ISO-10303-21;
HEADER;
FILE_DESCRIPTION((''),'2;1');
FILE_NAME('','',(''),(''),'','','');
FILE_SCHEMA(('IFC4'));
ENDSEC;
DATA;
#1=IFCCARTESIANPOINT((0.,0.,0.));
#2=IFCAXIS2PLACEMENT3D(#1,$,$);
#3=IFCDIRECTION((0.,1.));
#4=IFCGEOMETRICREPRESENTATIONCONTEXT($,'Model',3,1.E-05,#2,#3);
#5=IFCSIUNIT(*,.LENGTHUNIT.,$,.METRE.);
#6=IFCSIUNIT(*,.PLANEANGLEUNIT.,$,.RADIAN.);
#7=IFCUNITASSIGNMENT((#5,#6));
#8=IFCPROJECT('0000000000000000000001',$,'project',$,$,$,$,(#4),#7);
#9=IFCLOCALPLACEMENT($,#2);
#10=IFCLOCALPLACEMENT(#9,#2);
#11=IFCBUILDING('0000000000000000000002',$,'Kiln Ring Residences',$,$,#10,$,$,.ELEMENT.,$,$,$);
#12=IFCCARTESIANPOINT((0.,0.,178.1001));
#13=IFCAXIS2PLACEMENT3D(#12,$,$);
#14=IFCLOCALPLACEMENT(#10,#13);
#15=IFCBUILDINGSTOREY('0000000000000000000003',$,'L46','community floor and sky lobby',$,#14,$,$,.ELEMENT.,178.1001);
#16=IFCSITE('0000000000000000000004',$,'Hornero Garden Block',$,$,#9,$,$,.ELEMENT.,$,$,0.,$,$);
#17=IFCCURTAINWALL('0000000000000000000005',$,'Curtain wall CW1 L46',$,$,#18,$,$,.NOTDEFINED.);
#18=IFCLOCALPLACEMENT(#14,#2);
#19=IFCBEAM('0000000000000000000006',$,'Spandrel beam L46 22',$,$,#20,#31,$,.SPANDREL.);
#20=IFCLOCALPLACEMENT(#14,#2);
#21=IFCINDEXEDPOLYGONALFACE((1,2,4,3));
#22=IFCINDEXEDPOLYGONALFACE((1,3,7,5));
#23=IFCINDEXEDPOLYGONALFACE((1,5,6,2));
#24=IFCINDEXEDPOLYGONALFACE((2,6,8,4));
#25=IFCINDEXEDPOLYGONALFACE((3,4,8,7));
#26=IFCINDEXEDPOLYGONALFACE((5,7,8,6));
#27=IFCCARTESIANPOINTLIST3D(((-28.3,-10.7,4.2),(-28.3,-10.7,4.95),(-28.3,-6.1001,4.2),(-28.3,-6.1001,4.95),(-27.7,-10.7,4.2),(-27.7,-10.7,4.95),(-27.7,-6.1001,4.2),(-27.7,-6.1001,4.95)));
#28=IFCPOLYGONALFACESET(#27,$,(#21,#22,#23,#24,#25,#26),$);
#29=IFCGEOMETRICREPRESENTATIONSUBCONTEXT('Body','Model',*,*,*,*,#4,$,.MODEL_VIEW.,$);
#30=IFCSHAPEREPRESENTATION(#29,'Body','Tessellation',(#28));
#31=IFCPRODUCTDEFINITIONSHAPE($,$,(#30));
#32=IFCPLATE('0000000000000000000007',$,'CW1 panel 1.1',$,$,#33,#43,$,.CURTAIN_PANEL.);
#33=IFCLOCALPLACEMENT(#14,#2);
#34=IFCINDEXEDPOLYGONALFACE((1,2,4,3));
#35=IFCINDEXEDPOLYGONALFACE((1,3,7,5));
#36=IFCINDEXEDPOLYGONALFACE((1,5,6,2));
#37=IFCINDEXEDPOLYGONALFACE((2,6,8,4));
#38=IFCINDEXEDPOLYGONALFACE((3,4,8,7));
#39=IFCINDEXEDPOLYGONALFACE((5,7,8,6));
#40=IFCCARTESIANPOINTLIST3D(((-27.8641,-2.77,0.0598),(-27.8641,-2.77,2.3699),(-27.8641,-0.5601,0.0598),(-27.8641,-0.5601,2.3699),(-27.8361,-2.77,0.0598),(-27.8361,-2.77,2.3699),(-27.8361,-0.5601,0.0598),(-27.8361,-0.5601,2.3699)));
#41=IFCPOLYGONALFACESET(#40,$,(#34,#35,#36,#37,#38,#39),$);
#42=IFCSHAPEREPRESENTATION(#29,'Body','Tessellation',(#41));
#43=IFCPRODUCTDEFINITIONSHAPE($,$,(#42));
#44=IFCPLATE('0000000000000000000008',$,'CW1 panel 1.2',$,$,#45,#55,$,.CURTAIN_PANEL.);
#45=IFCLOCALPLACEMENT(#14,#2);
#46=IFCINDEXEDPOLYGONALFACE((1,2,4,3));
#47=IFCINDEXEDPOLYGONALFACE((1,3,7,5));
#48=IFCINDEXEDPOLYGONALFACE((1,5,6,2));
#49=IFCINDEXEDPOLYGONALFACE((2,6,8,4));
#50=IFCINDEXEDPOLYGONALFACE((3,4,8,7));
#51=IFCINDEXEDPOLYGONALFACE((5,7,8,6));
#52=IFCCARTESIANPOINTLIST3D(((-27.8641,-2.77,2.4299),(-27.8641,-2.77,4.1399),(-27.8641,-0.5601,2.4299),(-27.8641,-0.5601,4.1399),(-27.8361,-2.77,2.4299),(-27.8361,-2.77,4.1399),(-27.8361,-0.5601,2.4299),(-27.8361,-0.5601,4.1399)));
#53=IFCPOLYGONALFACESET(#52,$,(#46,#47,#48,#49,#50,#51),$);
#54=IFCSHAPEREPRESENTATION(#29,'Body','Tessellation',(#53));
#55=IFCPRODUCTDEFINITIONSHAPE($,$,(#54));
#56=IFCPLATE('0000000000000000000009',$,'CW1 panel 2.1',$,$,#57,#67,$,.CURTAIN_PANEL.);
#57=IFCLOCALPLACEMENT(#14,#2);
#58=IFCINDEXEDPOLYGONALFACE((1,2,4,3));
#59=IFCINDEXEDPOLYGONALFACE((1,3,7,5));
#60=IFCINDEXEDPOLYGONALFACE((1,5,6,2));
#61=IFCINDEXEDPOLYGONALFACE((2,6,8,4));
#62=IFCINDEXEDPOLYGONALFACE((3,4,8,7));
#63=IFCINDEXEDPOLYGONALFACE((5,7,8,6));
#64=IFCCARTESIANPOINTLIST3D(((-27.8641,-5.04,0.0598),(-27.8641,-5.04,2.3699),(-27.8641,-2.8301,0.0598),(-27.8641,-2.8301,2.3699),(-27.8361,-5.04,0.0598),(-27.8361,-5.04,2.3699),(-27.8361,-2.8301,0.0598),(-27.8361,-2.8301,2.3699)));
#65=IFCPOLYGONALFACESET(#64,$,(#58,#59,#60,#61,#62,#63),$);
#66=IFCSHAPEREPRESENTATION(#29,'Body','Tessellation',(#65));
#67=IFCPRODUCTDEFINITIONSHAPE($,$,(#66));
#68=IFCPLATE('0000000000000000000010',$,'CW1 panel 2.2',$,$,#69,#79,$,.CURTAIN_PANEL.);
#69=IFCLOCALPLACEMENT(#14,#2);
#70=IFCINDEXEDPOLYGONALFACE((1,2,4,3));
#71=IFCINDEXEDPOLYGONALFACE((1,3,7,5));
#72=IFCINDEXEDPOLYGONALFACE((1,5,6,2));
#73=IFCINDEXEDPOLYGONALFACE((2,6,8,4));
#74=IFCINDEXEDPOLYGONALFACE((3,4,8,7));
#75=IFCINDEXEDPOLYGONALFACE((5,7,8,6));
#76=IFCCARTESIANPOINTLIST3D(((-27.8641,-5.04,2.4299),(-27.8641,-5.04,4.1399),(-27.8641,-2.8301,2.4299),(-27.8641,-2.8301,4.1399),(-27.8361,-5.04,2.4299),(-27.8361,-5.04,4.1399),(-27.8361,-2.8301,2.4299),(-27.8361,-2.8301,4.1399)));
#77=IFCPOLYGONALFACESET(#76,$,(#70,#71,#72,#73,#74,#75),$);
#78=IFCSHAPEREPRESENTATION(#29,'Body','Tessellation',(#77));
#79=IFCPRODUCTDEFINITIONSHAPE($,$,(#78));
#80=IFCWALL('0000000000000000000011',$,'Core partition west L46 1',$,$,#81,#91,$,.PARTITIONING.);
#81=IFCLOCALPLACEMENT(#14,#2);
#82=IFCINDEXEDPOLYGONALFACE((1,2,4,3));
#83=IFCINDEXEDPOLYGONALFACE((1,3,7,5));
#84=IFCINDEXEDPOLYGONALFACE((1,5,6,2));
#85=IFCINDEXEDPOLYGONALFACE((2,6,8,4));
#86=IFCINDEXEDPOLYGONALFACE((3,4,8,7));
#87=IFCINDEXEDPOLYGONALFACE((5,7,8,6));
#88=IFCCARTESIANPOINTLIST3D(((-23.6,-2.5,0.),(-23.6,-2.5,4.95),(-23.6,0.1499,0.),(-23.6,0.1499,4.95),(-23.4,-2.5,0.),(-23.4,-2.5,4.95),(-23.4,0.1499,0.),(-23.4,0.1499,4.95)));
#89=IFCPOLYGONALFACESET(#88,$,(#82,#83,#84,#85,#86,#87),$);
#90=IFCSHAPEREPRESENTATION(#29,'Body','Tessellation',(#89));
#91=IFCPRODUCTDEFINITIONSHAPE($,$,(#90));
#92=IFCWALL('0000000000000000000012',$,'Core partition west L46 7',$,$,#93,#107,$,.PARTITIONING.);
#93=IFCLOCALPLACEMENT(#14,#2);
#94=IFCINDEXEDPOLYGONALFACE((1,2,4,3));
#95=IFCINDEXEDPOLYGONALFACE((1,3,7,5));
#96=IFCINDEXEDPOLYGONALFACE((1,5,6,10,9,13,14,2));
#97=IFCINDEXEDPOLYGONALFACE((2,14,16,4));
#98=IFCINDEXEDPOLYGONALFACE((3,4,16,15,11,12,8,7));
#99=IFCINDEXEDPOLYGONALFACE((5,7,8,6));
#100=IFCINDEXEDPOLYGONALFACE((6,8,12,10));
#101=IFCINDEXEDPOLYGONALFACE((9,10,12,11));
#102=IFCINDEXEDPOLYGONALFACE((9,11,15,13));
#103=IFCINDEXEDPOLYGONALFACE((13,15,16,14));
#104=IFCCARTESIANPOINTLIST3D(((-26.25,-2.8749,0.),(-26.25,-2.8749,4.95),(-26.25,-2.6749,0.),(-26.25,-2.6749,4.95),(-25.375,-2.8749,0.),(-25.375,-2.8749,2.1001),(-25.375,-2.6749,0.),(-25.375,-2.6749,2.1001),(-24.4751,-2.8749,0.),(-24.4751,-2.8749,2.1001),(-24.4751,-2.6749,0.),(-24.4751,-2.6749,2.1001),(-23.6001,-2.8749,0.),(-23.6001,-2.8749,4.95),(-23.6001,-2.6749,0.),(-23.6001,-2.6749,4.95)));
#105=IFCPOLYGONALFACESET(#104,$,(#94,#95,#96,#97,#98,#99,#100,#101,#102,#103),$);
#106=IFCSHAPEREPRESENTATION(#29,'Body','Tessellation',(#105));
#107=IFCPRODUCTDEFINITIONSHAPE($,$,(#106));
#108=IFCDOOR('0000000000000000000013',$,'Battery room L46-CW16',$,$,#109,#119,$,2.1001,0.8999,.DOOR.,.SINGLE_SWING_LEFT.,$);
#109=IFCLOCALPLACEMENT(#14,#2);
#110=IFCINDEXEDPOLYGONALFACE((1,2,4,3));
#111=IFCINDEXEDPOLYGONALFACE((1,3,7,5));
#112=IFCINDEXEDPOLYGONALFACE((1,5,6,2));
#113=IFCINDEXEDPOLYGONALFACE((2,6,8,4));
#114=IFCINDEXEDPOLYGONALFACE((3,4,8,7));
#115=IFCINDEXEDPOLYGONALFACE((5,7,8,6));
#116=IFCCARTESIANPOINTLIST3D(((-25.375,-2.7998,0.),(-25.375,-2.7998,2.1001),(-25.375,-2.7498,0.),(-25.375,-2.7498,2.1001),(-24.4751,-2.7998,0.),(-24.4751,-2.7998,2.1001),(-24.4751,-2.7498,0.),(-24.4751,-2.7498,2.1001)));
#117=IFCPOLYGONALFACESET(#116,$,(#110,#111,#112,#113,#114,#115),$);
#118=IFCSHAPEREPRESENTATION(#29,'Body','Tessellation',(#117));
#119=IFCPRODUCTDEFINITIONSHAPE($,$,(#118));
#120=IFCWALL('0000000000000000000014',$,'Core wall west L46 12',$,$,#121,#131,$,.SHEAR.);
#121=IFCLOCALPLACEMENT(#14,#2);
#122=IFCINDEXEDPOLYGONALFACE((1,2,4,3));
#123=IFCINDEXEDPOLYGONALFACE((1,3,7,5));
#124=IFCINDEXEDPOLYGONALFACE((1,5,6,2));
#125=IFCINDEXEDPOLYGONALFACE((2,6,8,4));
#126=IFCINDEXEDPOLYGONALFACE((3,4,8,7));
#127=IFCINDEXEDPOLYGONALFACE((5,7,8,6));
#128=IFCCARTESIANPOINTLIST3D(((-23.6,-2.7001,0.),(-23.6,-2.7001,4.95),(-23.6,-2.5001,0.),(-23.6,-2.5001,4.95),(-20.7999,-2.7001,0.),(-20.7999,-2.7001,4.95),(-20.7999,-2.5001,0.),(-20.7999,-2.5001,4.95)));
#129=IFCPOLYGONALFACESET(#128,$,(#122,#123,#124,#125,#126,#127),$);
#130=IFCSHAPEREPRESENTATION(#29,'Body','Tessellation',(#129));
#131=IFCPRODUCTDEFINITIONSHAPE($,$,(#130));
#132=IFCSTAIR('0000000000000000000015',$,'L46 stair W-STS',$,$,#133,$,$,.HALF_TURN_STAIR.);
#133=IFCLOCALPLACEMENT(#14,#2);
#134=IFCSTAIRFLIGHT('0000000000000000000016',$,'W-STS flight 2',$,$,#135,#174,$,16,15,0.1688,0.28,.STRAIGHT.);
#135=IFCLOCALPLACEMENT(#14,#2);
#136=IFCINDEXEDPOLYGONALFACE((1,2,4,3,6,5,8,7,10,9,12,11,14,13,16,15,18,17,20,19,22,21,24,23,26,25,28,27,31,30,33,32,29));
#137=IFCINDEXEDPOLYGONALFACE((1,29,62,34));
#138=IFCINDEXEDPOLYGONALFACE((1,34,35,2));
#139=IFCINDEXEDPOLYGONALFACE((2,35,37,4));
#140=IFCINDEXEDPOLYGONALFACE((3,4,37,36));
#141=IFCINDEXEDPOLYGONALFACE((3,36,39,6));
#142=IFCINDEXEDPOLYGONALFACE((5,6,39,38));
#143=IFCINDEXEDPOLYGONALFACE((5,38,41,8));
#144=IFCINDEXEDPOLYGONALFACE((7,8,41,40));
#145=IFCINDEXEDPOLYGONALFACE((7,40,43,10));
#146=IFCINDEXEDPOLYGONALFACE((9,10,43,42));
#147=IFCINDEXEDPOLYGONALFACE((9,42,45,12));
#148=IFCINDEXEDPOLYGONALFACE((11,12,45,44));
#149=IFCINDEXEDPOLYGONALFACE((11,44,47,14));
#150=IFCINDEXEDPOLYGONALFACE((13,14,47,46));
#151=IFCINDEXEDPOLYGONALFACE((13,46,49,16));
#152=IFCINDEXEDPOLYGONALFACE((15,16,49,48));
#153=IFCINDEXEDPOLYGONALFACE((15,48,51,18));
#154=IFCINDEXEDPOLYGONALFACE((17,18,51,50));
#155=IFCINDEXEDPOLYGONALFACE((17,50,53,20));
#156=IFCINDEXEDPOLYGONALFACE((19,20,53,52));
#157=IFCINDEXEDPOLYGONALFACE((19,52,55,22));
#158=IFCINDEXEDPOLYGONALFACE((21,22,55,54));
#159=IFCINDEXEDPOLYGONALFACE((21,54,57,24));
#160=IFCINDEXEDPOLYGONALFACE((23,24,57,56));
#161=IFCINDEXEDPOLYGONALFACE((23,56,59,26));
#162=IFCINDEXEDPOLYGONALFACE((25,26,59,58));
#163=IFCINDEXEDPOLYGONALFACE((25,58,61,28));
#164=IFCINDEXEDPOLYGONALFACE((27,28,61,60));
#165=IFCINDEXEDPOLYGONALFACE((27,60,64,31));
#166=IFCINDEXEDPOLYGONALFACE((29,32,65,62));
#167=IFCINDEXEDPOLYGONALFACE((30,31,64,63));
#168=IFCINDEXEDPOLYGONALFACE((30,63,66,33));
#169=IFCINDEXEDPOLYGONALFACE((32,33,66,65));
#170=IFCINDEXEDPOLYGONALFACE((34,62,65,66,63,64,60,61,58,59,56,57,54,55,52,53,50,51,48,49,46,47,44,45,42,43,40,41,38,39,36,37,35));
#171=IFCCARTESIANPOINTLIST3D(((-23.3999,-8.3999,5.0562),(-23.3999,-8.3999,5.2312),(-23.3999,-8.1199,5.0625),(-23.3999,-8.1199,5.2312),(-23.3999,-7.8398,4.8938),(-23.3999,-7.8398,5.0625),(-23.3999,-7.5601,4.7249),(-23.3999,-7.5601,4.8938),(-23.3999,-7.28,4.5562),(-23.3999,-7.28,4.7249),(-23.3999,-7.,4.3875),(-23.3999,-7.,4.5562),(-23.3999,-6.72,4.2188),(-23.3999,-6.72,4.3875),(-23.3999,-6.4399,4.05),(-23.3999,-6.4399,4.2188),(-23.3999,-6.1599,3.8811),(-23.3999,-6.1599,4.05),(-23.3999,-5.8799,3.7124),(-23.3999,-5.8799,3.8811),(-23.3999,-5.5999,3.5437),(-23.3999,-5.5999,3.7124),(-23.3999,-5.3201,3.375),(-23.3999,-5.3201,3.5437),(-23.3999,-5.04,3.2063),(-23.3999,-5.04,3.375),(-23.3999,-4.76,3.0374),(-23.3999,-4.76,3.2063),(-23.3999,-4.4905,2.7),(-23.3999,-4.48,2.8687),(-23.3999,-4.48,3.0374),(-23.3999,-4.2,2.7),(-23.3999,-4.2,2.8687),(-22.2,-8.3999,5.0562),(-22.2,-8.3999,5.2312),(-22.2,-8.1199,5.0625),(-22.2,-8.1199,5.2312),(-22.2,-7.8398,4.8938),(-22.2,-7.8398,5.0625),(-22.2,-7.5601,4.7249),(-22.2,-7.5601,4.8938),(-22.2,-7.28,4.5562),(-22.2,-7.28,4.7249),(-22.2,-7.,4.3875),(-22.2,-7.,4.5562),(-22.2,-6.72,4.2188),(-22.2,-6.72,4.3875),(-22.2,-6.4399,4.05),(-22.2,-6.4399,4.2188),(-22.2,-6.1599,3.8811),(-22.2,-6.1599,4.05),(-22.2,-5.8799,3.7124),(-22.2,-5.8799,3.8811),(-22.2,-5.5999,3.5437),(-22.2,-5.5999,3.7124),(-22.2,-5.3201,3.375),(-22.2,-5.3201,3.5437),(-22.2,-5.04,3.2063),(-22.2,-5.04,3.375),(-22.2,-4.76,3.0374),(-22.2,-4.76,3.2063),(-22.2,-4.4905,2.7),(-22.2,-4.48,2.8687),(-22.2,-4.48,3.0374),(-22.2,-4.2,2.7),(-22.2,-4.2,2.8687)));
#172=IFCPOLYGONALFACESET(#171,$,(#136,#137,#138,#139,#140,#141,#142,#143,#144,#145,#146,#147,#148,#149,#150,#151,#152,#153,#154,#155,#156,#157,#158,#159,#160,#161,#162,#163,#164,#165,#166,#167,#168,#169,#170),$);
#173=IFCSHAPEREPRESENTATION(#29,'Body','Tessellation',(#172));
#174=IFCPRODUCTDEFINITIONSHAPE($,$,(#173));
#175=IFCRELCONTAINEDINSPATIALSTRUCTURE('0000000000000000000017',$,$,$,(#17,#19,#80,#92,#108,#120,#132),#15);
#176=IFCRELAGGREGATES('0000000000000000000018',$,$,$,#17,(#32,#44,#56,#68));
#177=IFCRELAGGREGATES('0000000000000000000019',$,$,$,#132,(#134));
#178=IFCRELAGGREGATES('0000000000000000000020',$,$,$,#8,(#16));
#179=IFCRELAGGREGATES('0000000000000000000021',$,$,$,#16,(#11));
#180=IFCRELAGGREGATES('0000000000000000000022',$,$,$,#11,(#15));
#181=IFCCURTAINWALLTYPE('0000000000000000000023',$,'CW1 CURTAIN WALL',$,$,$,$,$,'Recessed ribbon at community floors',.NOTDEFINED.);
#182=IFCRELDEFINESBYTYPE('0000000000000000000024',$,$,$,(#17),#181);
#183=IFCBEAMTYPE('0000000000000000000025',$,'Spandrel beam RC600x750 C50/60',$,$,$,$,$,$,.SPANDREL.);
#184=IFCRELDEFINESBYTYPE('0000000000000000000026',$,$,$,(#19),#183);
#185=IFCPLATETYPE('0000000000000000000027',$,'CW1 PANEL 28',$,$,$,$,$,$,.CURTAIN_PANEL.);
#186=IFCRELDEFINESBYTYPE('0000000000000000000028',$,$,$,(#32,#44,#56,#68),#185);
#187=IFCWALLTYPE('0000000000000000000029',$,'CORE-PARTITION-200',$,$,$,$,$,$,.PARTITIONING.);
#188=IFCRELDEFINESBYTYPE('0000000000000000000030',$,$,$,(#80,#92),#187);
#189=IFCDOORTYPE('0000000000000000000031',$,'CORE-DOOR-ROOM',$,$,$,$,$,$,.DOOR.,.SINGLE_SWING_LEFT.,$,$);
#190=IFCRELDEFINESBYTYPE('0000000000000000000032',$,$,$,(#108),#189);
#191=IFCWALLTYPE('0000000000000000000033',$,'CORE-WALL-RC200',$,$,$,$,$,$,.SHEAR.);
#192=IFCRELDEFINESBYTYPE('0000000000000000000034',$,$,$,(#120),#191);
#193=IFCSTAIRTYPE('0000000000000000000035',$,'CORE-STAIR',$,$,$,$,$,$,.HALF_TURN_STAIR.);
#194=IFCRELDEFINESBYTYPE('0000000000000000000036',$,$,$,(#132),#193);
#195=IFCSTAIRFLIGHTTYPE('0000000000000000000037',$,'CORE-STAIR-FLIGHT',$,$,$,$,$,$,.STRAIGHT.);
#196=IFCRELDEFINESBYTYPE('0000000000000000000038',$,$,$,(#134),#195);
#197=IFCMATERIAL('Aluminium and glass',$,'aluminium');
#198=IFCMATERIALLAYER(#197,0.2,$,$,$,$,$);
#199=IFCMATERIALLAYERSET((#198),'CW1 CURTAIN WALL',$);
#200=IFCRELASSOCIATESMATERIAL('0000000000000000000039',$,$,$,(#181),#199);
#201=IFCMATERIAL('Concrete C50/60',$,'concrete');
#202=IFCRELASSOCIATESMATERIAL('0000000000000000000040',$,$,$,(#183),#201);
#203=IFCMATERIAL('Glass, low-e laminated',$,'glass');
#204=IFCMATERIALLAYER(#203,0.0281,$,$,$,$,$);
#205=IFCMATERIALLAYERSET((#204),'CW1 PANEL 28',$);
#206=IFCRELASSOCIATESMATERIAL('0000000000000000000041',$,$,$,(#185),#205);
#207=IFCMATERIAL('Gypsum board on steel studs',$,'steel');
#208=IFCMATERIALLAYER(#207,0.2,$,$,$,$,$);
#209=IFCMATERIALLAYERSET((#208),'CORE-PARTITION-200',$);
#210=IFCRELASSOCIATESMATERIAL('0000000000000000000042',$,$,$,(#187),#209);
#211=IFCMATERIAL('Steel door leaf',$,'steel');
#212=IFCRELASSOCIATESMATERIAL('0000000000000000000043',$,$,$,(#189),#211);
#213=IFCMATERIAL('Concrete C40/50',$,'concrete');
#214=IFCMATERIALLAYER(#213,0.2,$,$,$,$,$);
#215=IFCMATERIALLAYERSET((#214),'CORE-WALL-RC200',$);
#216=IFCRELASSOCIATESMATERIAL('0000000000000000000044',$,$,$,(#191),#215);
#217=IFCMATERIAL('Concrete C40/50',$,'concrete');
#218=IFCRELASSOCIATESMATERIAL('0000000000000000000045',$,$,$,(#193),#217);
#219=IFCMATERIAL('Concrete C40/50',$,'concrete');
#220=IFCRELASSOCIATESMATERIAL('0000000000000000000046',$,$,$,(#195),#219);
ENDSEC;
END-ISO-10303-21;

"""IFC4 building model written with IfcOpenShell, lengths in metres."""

from ifc_helpers import new_model, si_unit, direction, frame, frame_2d, origin, origin_2d, place, context, subcontext, project, spatial, polyline, rectangle, outline, extrude, material, layer, layer_set, material_profile, profile_set, type_object, element, fill, aggregate, save


model = new_model("IFC4")

# Units and contexts
model_context = context("Model", 3, precision=1e-05, world=origin(), true_north=direction((0.0, 1.0)))
body_context = subcontext(model_context, "Body", "Model", "MODEL_VIEW")
ifc_project = project(units=[si_unit("LENGTHUNIT", "METRE"), si_unit("PLANEANGLEUNIT", "RADIAN")], contexts=[model_context])

# Site, building, storey
site_placement = place(None, origin())
site = spatial("IfcSite", under=ifc_project, at=site_placement, Name="Hornero Garden Block", CompositionType="ELEMENT", RefElevation=0.0)
building_placement = place(site_placement, origin())
building = spatial("IfcBuilding", under=site, at=building_placement, Name="Kiln Ring Residences", CompositionType="ELEMENT")
storey_placement = place(building_placement, frame((0.0, 0.0, 178.1001)))
storey = spatial("IfcBuildingStorey", under=building, at=storey_placement, Name="L46", Description="community floor and sky lobby", CompositionType="ELEMENT", Elevation=178.1001)

# Curtain wall
ifc_material_1 = material(Name="Aluminium and glass", Category="aluminium")
ifc_layer_1 = layer(ifc_material_1, 0.2)
ifc_layer_set_1 = layer_set([ifc_layer_1], Name="CW1 CURTAIN WALL")
curtain_wall_type = type_object("IfcCurtainWallType", Name="CW1 CURTAIN WALL", ElementType="Recessed ribbon at community floors", PredefinedType="NOTDEFINED", material=ifc_layer_set_1)
placement = place(storey_placement, origin())
curtain_wall_1 = element("IfcCurtainWall", 1, at=placement, inside=storey, type_object=curtain_wall_type, Name="Curtain wall CW1 L46", PredefinedType="NOTDEFINED")

# Beam
ifc_material_2 = material(Name="Concrete C50/60", Category="concrete")
ifc_material_profile_1 = material_profile(ifc_material_2, rectangle(XDim=0.6001, YDim=0.75, at=origin_2d()), Name="RC600x750")
ifc_profile_set_1 = profile_set([ifc_material_profile_1], Name="Concrete C50/60")
beam_type = type_object("IfcBeamType", Name="Spandrel beam RC600x750 C50/60", PredefinedType="SPANDREL", material=ifc_profile_set_1)
beam_1_placement = place(storey_placement, frame((-28.0, -6.1001, 4.575), z_axis=(0.0, -1.0, 0.0), x_axis=(1.0, 0.0, 0.0)))
element("IfcBeam", 2, at=beam_1_placement, inside=storey, type_object=beam_type, Name="Spandrel beam L46 22", PredefinedType="SPANDREL", context=body_context, shape_type="SweptSolid", body=[
    extrude(rectangle(XDim=0.6001, YDim=0.75, at=origin_2d()), origin(), (0.0, 0.0, 1.0), 4.5999),
])

# Plates
ifc_material_3 = material(Name="Glass, low-e laminated", Category="glass")
ifc_layer_2 = layer(ifc_material_3, 0.0281)
ifc_layer_set_2 = layer_set([ifc_layer_2], Name="CW1 PANEL 28")
plate_type = type_object("IfcPlateType", Name="CW1 PANEL 28", PredefinedType="CURTAIN_PANEL", material=ifc_layer_set_2)
plate_1_placement = place(storey_placement, frame((-27.8501, -1.665, 0.0598), z_axis=(0.0, 0.0, 1.0), x_axis=(0.0, -1.0, 0.0)))
plate_1 = element("IfcPlate", 3, at=plate_1_placement, type_object=plate_type, Name="CW1 panel 1.1", PredefinedType="CURTAIN_PANEL", context=body_context, shape_type="SweptSolid", body=[
    extrude(rectangle(XDim=2.21, YDim=0.0281, at=origin_2d()), origin(), (0.0, 0.0, 1.0), 2.3101),
])
plate_2_placement = place(storey_placement, frame((-27.8501, -1.665, 2.4299), z_axis=(0.0, 0.0, 1.0), x_axis=(0.0, -1.0, 0.0)))
plate_2 = element("IfcPlate", 4, at=plate_2_placement, type_object=plate_type, Name="CW1 panel 1.2", PredefinedType="CURTAIN_PANEL", context=body_context, shape_type="SweptSolid", body=[
    extrude(rectangle(XDim=2.21, YDim=0.0281, at=origin_2d()), origin(), (0.0, 0.0, 1.0), 1.71),
])
plate_3_placement = place(storey_placement, frame((-27.8501, -3.9351, 0.0598), z_axis=(0.0, 0.0, 1.0), x_axis=(0.0, -1.0, 0.0)))
plate_3 = element("IfcPlate", 5, at=plate_3_placement, type_object=plate_type, Name="CW1 panel 2.1", PredefinedType="CURTAIN_PANEL", context=body_context, shape_type="SweptSolid", body=[
    extrude(rectangle(XDim=2.21, YDim=0.0281, at=origin_2d()), origin(), (0.0, 0.0, 1.0), 2.3101),
])
plate_4_placement = place(storey_placement, frame((-27.8501, -3.9351, 2.4299), z_axis=(0.0, 0.0, 1.0), x_axis=(0.0, -1.0, 0.0)))
plate_4 = element("IfcPlate", 6, at=plate_4_placement, type_object=plate_type, Name="CW1 panel 2.2", PredefinedType="CURTAIN_PANEL", context=body_context, shape_type="SweptSolid", body=[
    extrude(rectangle(XDim=2.21, YDim=0.0281, at=origin_2d()), origin(), (0.0, 0.0, 1.0), 1.71),
])
aggregate(curtain_wall_1, [plate_1, plate_2, plate_3, plate_4])

# Wall
ifc_material_4 = material(Name="Gypsum board on steel studs", Category="steel")
ifc_layer_3 = layer(ifc_material_4, 0.2)
ifc_layer_set_3 = layer_set([ifc_layer_3], Name="CORE-PARTITION-200")
wall_type_1 = type_object("IfcWallType", Name="CORE-PARTITION-200", PredefinedType="PARTITIONING", material=ifc_layer_set_3)
wall_1_placement = place(storey_placement, frame((-23.5, -2.5, 0.0), z_axis=(0.0, 0.0, 1.0), x_axis=(0.0, 1.0, 0.0)))
element("IfcWall", 7, at=wall_1_placement, inside=storey, type_object=wall_type_1, Name="Core partition west L46 1", PredefinedType="PARTITIONING", context=body_context, shape_type="SweptSolid", body=[
    extrude(rectangle(XDim=2.6499, YDim=0.2, at=frame_2d((1.325, 0.0))), origin(), (0.0, 0.0, 1.0), 4.95),
])

# Wall, opening, door
wall_2_placement = place(storey_placement, frame((-23.6001, -2.7749, 0.0), z_axis=(0.0, 0.0, 1.0), x_axis=(-1.0, 0.0, 0.0)))
wall_2 = element("IfcWall", 8, at=wall_2_placement, inside=storey, type_object=wall_type_1, Name="Core partition west L46 7", PredefinedType="PARTITIONING", context=body_context, shape_type="SweptSolid", body=[
    extrude(rectangle(XDim=2.6499, YDim=0.2, at=frame_2d((1.325, 0.0))), origin(), (0.0, 0.0, 1.0), 4.95),
])
opening_placement = place(wall_2_placement, frame((0.875, 0.0, 0.0)))
opening = element("IfcOpeningElement", 9, at=opening_placement, cuts=wall_2, PredefinedType="OPENING", context=body_context, shape_type="SweptSolid", body=[
    extrude(rectangle(XDim=0.8999, YDim=2.1001, at=frame_2d((0.45, 1.05))), frame((0.0, 0.1099, 0.0), z_axis=(0.0, -1.0, 0.0), x_axis=(1.0, 0.0, 0.0)), (0.0, 0.0, 1.0), 0.22),
])
ifc_material_5 = material(Name="Steel door leaf", Category="steel")
door_type = type_object("IfcDoorType", Name="CORE-DOOR-ROOM", OperationType="SINGLE_SWING_LEFT", PredefinedType="DOOR", material=ifc_material_5)
door_placement = place(opening_placement, origin())
door = element("IfcDoor", 10, at=door_placement, inside=storey, type_object=door_type, Name="Battery room L46-CW16", OperationType="SINGLE_SWING_LEFT", OverallHeight=2.1001, OverallWidth=0.8999, PredefinedType="DOOR", context=body_context, shape_type="SweptSolid", body=[
    extrude(rectangle(XDim=0.8999, YDim=2.1001, at=frame_2d((0.45, 1.05))), frame((0.0, 0.0249, 0.0), z_axis=(0.0, -1.0, 0.0), x_axis=(1.0, 0.0, 0.0)), (0.0, 0.0, 1.0), 0.05),
])
fill(opening, door)

# Wall
ifc_material_6 = material(Name="Concrete C40/50", Category="concrete")
ifc_layer_4 = layer(ifc_material_6, 0.2)
ifc_layer_set_4 = layer_set([ifc_layer_4], Name="CORE-WALL-RC200")
wall_type_2 = type_object("IfcWallType", Name="CORE-WALL-RC200", PredefinedType="SHEAR", material=ifc_layer_set_4)
wall_3_placement = place(storey_placement, frame((-20.8, -2.6001, 0.0), z_axis=(0.0, 0.0, 1.0), x_axis=(-1.0, 0.0, 0.0)))
element("IfcWall", 11, at=wall_3_placement, inside=storey, type_object=wall_type_2, Name="Core wall west L46 12", PredefinedType="SHEAR", context=body_context, shape_type="SweptSolid", body=[
    extrude(rectangle(XDim=2.8, YDim=0.2, at=frame_2d((1.3999, 0.0))), origin(), (0.0, 0.0, 1.0), 4.95),
])

# Stair, stair flight
ifc_material_7 = material(Name="Concrete C40/50", Category="concrete")
stair_type = type_object("IfcStairType", Name="CORE-STAIR", PredefinedType="HALF_TURN_STAIR", material=ifc_material_7)
stair = element("IfcStair", 12, at=placement, inside=storey, type_object=stair_type, Name="L46 stair W-STS", PredefinedType="HALF_TURN_STAIR")
ifc_material_8 = material(Name="Concrete C40/50", Category="concrete")
stair_flight_type = type_object("IfcStairFlightType", Name="CORE-STAIR-FLIGHT", PredefinedType="STRAIGHT", material=ifc_material_8)
stair_flight_placement = place(storey_placement, frame((-22.8, -4.2, 2.7), z_axis=(0.0, 0.0, 1.0), x_axis=(0.0, -1.0, 0.0)))
stair_flight = element("IfcStairFlight", 13, at=stair_flight_placement, type_object=stair_flight_type, Name="W-STS flight 2", NumberOfRisers=16, NumberOfTreads=15, PredefinedType="STRAIGHT", RiserHeight=0.1688, TreadLength=0.28, context=body_context, shape_type="SweptSolid", body=[
    extrude(outline(polyline([(0.0, 0.0), (0.0, 0.1687), (0.28, 0.1687), (0.28, 0.3374), (0.5601, 0.3374), (0.5601, 0.5063), (0.8401, 0.5063), (0.8401, 0.675), (1.1201, 0.675), (1.1201, 0.8438), (1.3999, 0.8438), (1.3999, 1.0125), (1.6799, 1.0125), (1.6799, 1.1812), (1.96, 1.1812), (1.96, 1.3501), (2.24, 1.3501), (2.24, 1.5188), (2.52, 1.5188), (2.52, 1.6875), (2.8, 1.6875), (2.8, 1.8562), (3.0801, 1.8562), (3.0801, 2.0249), (3.3601, 2.0249), (3.3601, 2.1938), (3.6399, 2.1938), (3.6399, 2.3625), (3.9199, 2.3625), (3.9199, 2.5312), (4.2, 2.5312), (4.2, 2.7), (4.2, 2.3562), (0.2905, 0.0), (0.0, 0.0)])), frame((0.0, 0.6001, 0.0), z_axis=(0.0, -1.0, 0.0), x_axis=(1.0, 0.0, 0.0)), (0.0, 0.0, 1.0), 1.2),
])
aggregate(stair, [stair_flight])

save(model, "model.ifc")
